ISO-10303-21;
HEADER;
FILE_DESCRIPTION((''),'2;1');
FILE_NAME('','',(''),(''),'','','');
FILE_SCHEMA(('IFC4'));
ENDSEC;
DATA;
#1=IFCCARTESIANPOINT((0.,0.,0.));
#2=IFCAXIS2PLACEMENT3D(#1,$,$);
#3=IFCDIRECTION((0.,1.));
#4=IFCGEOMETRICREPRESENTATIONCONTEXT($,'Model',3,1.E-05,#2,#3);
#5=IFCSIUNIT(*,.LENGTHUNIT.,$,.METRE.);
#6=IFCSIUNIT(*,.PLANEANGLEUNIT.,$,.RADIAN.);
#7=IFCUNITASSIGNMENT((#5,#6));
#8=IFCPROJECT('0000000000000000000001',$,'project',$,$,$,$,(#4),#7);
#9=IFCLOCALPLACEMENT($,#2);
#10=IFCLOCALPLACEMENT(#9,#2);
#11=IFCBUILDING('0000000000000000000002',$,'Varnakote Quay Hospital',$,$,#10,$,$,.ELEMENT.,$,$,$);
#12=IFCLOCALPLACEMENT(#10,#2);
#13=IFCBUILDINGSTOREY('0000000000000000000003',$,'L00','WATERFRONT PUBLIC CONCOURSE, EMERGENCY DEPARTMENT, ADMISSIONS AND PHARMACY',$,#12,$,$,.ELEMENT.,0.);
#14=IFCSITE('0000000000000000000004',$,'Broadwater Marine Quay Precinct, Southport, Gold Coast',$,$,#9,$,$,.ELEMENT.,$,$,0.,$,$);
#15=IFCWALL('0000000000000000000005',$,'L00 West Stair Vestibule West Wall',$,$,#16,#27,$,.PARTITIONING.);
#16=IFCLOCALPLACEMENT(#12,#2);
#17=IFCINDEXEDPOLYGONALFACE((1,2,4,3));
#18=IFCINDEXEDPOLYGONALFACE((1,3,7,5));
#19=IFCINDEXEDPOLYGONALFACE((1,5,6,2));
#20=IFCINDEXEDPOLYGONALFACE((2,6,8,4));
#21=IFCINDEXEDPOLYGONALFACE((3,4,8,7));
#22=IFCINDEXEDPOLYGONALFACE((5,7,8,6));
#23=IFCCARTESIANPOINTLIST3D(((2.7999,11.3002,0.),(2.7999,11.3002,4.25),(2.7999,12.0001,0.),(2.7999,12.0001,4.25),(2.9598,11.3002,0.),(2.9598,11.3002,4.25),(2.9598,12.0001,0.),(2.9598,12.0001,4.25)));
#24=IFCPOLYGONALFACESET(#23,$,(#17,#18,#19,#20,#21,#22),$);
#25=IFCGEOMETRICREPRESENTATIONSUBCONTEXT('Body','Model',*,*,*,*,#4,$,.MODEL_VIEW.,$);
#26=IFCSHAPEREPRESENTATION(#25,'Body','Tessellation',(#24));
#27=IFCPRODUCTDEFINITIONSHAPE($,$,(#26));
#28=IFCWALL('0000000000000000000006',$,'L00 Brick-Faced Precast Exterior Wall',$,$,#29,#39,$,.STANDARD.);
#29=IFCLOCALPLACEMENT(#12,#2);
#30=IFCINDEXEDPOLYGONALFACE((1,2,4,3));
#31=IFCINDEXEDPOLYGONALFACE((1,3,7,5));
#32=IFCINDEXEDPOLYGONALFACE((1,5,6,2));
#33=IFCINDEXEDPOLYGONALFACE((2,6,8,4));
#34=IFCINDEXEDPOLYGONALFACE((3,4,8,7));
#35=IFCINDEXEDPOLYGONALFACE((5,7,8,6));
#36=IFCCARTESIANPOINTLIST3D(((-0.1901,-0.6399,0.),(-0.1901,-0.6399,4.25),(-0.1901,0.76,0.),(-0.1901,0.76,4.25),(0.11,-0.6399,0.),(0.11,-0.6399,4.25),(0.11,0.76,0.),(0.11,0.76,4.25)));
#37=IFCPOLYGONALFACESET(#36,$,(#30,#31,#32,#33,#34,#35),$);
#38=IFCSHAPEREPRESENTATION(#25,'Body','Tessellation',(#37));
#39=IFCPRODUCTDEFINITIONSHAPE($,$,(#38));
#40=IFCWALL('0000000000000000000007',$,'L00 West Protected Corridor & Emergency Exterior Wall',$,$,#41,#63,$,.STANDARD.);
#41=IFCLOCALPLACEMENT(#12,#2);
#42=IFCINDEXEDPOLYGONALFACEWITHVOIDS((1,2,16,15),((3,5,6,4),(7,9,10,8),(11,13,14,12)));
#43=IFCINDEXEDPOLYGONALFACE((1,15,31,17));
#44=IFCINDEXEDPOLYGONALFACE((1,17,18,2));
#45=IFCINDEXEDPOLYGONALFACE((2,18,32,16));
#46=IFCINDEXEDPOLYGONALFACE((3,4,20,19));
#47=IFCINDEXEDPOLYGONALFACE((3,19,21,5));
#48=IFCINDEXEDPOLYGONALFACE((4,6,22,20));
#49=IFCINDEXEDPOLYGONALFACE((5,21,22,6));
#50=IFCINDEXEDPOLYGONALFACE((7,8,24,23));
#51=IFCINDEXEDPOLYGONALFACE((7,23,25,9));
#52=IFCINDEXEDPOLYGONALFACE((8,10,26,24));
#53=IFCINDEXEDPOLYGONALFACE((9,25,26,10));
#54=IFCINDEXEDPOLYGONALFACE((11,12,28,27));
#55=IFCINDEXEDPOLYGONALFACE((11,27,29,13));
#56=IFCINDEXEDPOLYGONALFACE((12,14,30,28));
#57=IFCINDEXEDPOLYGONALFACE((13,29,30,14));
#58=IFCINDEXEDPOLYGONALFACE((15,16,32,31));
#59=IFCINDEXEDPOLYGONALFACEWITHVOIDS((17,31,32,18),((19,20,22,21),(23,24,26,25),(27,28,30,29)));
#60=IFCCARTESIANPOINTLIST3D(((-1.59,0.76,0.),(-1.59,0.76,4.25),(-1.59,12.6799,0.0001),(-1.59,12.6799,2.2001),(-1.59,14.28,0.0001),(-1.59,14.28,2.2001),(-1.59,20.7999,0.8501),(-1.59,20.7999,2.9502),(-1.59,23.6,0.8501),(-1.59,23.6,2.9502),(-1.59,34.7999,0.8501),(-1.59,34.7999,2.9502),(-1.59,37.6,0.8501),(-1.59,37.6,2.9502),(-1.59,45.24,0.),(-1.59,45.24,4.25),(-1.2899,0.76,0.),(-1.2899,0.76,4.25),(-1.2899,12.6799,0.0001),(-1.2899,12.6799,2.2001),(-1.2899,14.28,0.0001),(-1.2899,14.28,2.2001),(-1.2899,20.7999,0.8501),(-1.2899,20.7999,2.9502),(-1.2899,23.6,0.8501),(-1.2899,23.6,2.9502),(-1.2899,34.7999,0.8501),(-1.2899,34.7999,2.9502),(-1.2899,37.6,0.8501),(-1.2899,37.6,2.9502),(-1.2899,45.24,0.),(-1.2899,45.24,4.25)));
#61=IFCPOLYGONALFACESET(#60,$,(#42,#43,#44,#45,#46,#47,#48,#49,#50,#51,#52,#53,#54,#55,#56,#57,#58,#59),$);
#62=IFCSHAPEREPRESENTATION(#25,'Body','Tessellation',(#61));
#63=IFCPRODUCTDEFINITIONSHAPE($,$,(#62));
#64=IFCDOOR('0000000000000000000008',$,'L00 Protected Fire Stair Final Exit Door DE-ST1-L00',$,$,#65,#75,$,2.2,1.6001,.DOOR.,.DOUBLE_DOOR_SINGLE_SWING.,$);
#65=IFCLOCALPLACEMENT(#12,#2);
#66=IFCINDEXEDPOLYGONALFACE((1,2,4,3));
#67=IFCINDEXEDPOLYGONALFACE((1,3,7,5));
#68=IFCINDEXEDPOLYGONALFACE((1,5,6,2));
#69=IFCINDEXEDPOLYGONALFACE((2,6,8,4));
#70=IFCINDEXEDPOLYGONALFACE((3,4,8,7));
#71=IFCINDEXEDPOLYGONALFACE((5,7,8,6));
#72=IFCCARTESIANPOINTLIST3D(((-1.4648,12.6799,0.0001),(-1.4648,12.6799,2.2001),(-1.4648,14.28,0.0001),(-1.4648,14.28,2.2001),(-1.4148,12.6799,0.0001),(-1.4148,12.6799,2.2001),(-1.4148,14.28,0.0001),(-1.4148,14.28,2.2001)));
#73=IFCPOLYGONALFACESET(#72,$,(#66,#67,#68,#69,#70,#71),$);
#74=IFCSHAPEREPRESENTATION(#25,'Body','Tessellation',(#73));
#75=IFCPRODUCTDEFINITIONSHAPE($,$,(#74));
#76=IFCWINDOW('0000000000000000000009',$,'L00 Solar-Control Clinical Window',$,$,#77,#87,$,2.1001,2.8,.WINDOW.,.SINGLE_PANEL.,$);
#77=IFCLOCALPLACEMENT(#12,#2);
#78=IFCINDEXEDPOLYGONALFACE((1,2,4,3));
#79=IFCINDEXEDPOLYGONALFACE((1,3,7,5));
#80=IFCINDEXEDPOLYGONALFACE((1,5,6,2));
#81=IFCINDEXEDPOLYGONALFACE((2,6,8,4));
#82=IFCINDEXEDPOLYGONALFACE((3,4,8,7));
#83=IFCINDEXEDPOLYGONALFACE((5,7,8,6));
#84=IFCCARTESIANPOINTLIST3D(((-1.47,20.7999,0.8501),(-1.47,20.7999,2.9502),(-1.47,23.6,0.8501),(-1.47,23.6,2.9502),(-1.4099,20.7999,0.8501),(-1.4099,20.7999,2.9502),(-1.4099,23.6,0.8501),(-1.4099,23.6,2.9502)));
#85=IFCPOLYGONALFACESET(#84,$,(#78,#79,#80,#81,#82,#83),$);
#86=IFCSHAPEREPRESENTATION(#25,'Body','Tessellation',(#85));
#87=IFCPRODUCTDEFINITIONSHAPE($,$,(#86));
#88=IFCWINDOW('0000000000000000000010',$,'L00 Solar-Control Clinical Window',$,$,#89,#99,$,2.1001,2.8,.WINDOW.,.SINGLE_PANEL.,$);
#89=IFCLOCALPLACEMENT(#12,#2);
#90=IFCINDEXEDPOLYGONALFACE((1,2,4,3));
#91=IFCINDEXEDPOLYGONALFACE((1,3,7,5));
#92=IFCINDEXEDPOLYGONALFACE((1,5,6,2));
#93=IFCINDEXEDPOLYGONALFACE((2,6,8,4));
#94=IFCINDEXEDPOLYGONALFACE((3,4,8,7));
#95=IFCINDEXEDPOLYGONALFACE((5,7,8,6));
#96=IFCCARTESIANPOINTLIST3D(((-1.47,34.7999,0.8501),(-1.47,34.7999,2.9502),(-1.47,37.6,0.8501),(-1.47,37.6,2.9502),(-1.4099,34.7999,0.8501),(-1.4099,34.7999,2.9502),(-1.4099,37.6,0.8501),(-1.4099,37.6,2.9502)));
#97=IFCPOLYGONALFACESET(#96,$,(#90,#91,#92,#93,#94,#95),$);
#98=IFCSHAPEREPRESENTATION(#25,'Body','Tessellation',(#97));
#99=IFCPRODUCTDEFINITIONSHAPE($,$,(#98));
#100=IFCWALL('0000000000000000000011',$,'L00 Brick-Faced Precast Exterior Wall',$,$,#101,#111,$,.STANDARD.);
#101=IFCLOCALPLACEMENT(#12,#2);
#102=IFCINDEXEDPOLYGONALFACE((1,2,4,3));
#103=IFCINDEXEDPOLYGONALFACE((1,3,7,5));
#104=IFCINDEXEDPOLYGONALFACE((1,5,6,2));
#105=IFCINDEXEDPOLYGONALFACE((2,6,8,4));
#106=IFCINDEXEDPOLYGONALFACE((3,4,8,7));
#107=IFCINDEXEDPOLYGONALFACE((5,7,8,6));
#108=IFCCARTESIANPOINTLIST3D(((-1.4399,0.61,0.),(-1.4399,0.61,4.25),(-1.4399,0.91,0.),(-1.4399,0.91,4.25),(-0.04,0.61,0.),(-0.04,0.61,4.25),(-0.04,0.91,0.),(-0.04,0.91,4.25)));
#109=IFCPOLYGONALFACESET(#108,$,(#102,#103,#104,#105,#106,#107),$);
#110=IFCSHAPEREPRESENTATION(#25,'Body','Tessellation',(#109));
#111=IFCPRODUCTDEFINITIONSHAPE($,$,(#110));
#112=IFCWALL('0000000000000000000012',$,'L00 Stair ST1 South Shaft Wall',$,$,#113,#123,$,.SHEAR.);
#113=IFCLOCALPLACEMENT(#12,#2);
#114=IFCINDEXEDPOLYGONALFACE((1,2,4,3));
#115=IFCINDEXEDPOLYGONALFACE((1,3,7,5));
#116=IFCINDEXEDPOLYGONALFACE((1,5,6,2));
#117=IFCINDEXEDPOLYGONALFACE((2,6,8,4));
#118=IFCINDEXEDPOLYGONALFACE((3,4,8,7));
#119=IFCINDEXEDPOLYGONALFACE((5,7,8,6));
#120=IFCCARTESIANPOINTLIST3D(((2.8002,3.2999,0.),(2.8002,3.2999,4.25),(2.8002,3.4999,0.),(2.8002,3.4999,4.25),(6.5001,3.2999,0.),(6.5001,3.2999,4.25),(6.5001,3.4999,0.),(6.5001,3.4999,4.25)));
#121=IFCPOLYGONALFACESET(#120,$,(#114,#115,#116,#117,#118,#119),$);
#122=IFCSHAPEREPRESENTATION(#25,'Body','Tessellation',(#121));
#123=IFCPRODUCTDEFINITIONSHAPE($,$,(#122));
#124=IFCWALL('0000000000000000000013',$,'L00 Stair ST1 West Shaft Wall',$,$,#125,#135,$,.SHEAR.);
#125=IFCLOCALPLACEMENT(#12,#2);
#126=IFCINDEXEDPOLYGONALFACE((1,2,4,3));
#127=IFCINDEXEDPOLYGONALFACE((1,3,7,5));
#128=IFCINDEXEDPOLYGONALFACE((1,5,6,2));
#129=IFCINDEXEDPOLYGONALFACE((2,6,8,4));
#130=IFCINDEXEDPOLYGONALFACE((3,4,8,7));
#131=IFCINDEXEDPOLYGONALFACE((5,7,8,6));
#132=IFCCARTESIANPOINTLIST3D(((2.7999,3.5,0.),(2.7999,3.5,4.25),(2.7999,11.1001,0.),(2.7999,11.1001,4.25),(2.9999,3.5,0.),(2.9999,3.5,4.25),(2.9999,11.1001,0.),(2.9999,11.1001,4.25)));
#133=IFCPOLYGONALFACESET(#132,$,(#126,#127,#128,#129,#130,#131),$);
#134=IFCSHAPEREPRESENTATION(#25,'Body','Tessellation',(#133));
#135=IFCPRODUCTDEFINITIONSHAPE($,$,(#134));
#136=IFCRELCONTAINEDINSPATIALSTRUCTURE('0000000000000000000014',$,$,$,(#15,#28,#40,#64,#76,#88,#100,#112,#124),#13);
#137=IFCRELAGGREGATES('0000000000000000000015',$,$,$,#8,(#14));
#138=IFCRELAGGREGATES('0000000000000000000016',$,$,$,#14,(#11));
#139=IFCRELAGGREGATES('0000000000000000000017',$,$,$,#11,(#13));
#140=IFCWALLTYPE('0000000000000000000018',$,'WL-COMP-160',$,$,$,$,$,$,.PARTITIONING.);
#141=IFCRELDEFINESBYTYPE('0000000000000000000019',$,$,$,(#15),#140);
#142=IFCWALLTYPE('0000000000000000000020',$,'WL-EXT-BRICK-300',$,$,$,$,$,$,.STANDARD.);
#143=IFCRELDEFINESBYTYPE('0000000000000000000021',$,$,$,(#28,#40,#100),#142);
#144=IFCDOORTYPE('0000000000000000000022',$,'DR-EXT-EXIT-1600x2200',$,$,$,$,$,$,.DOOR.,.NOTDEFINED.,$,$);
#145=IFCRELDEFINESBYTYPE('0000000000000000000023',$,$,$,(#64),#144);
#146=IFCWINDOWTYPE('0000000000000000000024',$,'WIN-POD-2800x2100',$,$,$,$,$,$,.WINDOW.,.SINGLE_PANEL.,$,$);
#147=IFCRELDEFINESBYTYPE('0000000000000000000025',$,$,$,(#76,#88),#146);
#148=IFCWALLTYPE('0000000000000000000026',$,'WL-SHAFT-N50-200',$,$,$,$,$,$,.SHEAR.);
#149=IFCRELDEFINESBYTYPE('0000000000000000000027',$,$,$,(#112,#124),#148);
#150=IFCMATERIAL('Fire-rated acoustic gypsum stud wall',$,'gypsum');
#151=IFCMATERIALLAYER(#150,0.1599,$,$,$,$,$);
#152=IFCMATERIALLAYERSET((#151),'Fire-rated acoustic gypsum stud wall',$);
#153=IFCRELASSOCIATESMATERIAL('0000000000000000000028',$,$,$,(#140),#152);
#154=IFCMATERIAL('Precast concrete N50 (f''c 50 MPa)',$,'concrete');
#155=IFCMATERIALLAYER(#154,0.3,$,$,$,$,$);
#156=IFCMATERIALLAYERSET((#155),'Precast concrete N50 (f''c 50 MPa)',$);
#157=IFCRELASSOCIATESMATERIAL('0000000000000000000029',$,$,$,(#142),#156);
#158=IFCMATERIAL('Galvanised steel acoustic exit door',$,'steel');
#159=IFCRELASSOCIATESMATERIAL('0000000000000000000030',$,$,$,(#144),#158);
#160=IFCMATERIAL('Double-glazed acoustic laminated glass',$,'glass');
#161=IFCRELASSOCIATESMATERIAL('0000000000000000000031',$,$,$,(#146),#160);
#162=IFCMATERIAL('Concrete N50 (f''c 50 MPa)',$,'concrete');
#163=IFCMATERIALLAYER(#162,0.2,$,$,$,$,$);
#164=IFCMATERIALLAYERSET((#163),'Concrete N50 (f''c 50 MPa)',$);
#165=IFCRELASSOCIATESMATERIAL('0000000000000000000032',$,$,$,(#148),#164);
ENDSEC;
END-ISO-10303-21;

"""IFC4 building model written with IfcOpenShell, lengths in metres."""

from ifc_helpers import new_model, si_unit, direction, frame, frame_2d, origin, place, context, subcontext, project, spatial, rectangle, extrude, material, layer, layer_set, type_object, element, fill, save


model = new_model("IFC4")

# Units and contexts
model_context = context("Model", 3, precision=1e-05, world=origin(), true_north=direction((0.0, 1.0)))
body_context = subcontext(model_context, "Body", "Model", "MODEL_VIEW")
ifc_project = project(units=[si_unit("LENGTHUNIT", "METRE"), si_unit("PLANEANGLEUNIT", "RADIAN")], contexts=[model_context])

# Site, building, storey
site_placement = place(None, origin())
site = spatial("IfcSite", under=ifc_project, at=site_placement, Name="Broadwater Marine Quay Precinct, Southport, Gold Coast", CompositionType="ELEMENT", RefElevation=0.0)
building_placement = place(site_placement, origin())
building = spatial("IfcBuilding", under=site, at=building_placement, Name="Varnakote Quay Hospital", CompositionType="ELEMENT")
storey_placement = place(building_placement, origin())
storey = spatial("IfcBuildingStorey", under=building, at=storey_placement, Name="L00", Description="WATERFRONT PUBLIC CONCOURSE, EMERGENCY DEPARTMENT, ADMISSIONS AND PHARMACY", CompositionType="ELEMENT", Elevation=0.0)

# Walls
ifc_material_1 = material(Name="Fire-rated acoustic gypsum stud wall", Category="gypsum")
ifc_layer_1 = layer(ifc_material_1, 0.1599)
ifc_layer_set_1 = layer_set([ifc_layer_1], Name="Fire-rated acoustic gypsum stud wall")
wall_type_1 = type_object("IfcWallType", Name="WL-COMP-160", PredefinedType="PARTITIONING", material=ifc_layer_set_1)
wall_1_placement = place(storey_placement, frame((2.8799, 11.3, 0.0), z_axis=(0.0, 0.0, 1.0), x_axis=(0.0, 1.0, 0.0)))
element("IfcWall", 1, at=wall_1_placement, inside=storey, type_object=wall_type_1, Name="L00 West Stair Vestibule West Wall", PredefinedType="PARTITIONING", context=body_context, shape_type="SweptSolid", body=[
    extrude(rectangle(XDim=0.7, YDim=0.1599, at=frame_2d((0.3501, 0.0))), origin(), (0.0, 0.0, 1.0), 4.25),
])
ifc_material_2 = material(Name="Precast concrete N50 (f'c 50 MPa)", Category="concrete")
ifc_layer_2 = layer(ifc_material_2, 0.3)
ifc_layer_set_2 = layer_set([ifc_layer_2], Name="Precast concrete N50 (f'c 50 MPa)")
wall_type_2 = type_object("IfcWallType", Name="WL-EXT-BRICK-300", PredefinedType="STANDARD", material=ifc_layer_set_2)
wall_2_placement = place(storey_placement, frame((-0.04, 0.76, 0.0), z_axis=(0.0, 0.0, 1.0), x_axis=(0.0, -1.0, 0.0)))
element("IfcWall", 2, at=wall_2_placement, inside=storey, type_object=wall_type_2, Name="L00 Brick-Faced Precast Exterior Wall", PredefinedType="STANDARD", context=body_context, shape_type="SweptSolid", body=[
    extrude(rectangle(XDim=1.3999, YDim=0.3, at=frame_2d((0.7, 0.0))), origin(), (0.0, 0.0, 1.0), 4.25),
])

# Wall, openings, door, windows
wall_3_placement = place(storey_placement, frame((-1.4399, 0.76, 0.0), z_axis=(0.0, 0.0, 1.0), x_axis=(0.0, 1.0, 0.0)))
wall_3 = element("IfcWall", 3, at=wall_3_placement, inside=storey, type_object=wall_type_2, Name="L00 West Protected Corridor & Emergency Exterior Wall", PredefinedType="STANDARD", context=body_context, shape_type="SweptSolid", body=[
    extrude(rectangle(XDim=44.48, YDim=0.3, at=frame_2d((22.24, 0.0))), origin(), (0.0, 0.0, 1.0), 4.25),
])
opening_1_placement = place(wall_3_placement, frame((11.9199, 0.0, 0.0)))
opening_1 = element("IfcOpeningElement", 4, at=opening_1_placement, cuts=wall_3, PredefinedType="OPENING", context=body_context, shape_type="SweptSolid", body=[
    extrude(rectangle(XDim=1.6001, YDim=2.2, at=frame_2d((0.8, 1.1001))), frame((0.0, 0.1599, 0.0), z_axis=(0.0, -1.0, 0.0), x_axis=(1.0, 0.0, 0.0)), (0.0, 0.0, 1.0), 0.3201),
])
opening_2_placement = place(wall_3_placement, frame((20.04, 0.0, 0.8501)))
opening_2 = element("IfcOpeningElement", 5, at=opening_2_placement, cuts=wall_3, PredefinedType="OPENING", context=body_context, shape_type="SweptSolid", body=[
    extrude(rectangle(XDim=2.8, YDim=2.1001, at=frame_2d((1.3999, 1.05))), frame((0.0, 0.1599, 0.0), z_axis=(0.0, -1.0, 0.0), x_axis=(1.0, 0.0, 0.0)), (0.0, 0.0, 1.0), 0.3201),
])
opening_3_placement = place(wall_3_placement, frame((34.04, 0.0, 0.8501)))
opening_3 = element("IfcOpeningElement", 6, at=opening_3_placement, cuts=wall_3, PredefinedType="OPENING", context=body_context, shape_type="SweptSolid", body=[
    extrude(rectangle(XDim=2.8, YDim=2.1001, at=frame_2d((1.3999, 1.05))), frame((0.0, 0.1599, 0.0), z_axis=(0.0, -1.0, 0.0), x_axis=(1.0, 0.0, 0.0)), (0.0, 0.0, 1.0), 0.3201),
])
ifc_material_3 = material(Name="Galvanised steel acoustic exit door", Category="steel")
door_type_1 = type_object("IfcDoorType", Name="DR-EXT-EXIT-1600x2200", OperationType="NOTDEFINED", PredefinedType="DOOR", material=ifc_material_3)
door_1_placement = place(opening_1_placement, origin())
door_1 = element("IfcDoor", 7, at=door_1_placement, inside=storey, type_object=door_type_1, Name="L00 Protected Fire Stair Final Exit Door DE-ST1-L00", OperationType="DOUBLE_DOOR_SINGLE_SWING", OverallHeight=2.2, OverallWidth=1.6001, PredefinedType="DOOR", context=body_context, shape_type="SweptSolid", body=[
    extrude(rectangle(XDim=1.6001, YDim=2.2, at=frame_2d((0.8, 1.1001))), frame((0.0, 0.0249, 0.0), z_axis=(0.0, -1.0, 0.0), x_axis=(1.0, 0.0, 0.0)), (0.0, 0.0, 1.0), 0.05),
])
fill(opening_1, door_1)
ifc_material_4 = material(Name="Double-glazed acoustic laminated glass", Category="glass")
window_type = type_object("IfcWindowType", Name="WIN-POD-2800x2100", PartitioningType="SINGLE_PANEL", PredefinedType="WINDOW", material=ifc_material_4)
window_1_placement = place(opening_2_placement, origin())
window_1 = element("IfcWindow", 8, at=window_1_placement, inside=storey, type_object=window_type, Name="L00 Solar-Control Clinical Window", OverallHeight=2.1001, OverallWidth=2.8, PartitioningType="SINGLE_PANEL", PredefinedType="WINDOW", context=body_context, shape_type="SweptSolid", body=[
    extrude(rectangle(XDim=2.8, YDim=2.1001, at=frame_2d((1.3999, 1.05))), frame((0.0, 0.03, 0.0), z_axis=(0.0, -1.0, 0.0), x_axis=(1.0, 0.0, 0.0)), (0.0, 0.0, 1.0), 0.0601),
])
fill(opening_2, window_1)
window_2_placement = place(opening_3_placement, origin())
window_2 = element("IfcWindow", 9, at=window_2_placement, inside=storey, type_object=window_type, Name="L00 Solar-Control Clinical Window", OverallHeight=2.1001, OverallWidth=2.8, PartitioningType="SINGLE_PANEL", PredefinedType="WINDOW", context=body_context, shape_type="SweptSolid", body=[
    extrude(rectangle(XDim=2.8, YDim=2.1001, at=frame_2d((1.3999, 1.05))), frame((0.0, 0.03, 0.0), z_axis=(0.0, -1.0, 0.0), x_axis=(1.0, 0.0, 0.0)), (0.0, 0.0, 1.0), 0.0601),
])
fill(opening_3, window_2)

# Walls
wall_4_placement = place(storey_placement, frame((-1.4399, 0.76, 0.0), z_axis=(0.0, 0.0, 1.0), x_axis=(1.0, 0.0, 0.0)))
element("IfcWall", 10, at=wall_4_placement, inside=storey, type_object=wall_type_2, Name="L00 Brick-Faced Precast Exterior Wall", PredefinedType="STANDARD", context=body_context, shape_type="SweptSolid", body=[
    extrude(rectangle(XDim=1.3999, YDim=0.3, at=frame_2d((0.7, 0.0))), origin(), (0.0, 0.0, 1.0), 4.25),
])
ifc_material_5 = material(Name="Concrete N50 (f'c 50 MPa)", Category="concrete")
ifc_layer_3 = layer(ifc_material_5, 0.2)
ifc_layer_set_3 = layer_set([ifc_layer_3], Name="Concrete N50 (f'c 50 MPa)")
wall_type_3 = type_object("IfcWallType", Name="WL-SHAFT-N50-200", PredefinedType="SHEAR", material=ifc_layer_set_3)
wall_5_placement = place(storey_placement, frame((2.8, 3.3999, 0.0), z_axis=(0.0, 0.0, 1.0), x_axis=(1.0, 0.0, 0.0)))
element("IfcWall", 11, at=wall_5_placement, inside=storey, type_object=wall_type_3, Name="L00 Stair ST1 South Shaft Wall", PredefinedType="SHEAR", context=body_context, shape_type="SweptSolid", body=[
    extrude(rectangle(XDim=3.7, YDim=0.2, at=frame_2d((1.8501, 0.0))), origin(), (0.0, 0.0, 1.0), 4.25),
])
wall_6_placement = place(storey_placement, frame((2.8999, 3.5, 0.0), z_axis=(0.0, 0.0, 1.0), x_axis=(0.0, 1.0, 0.0)))
element("IfcWall", 12, at=wall_6_placement, inside=storey, type_object=wall_type_3, Name="L00 Stair ST1 West Shaft Wall", PredefinedType="SHEAR", context=body_context, shape_type="SweptSolid", body=[
    extrude(rectangle(XDim=7.6001, YDim=0.2, at=frame_2d((3.8, 0.0))), origin(), (0.0, 0.0, 1.0), 4.25),
])

save(model, "model.ifc")
